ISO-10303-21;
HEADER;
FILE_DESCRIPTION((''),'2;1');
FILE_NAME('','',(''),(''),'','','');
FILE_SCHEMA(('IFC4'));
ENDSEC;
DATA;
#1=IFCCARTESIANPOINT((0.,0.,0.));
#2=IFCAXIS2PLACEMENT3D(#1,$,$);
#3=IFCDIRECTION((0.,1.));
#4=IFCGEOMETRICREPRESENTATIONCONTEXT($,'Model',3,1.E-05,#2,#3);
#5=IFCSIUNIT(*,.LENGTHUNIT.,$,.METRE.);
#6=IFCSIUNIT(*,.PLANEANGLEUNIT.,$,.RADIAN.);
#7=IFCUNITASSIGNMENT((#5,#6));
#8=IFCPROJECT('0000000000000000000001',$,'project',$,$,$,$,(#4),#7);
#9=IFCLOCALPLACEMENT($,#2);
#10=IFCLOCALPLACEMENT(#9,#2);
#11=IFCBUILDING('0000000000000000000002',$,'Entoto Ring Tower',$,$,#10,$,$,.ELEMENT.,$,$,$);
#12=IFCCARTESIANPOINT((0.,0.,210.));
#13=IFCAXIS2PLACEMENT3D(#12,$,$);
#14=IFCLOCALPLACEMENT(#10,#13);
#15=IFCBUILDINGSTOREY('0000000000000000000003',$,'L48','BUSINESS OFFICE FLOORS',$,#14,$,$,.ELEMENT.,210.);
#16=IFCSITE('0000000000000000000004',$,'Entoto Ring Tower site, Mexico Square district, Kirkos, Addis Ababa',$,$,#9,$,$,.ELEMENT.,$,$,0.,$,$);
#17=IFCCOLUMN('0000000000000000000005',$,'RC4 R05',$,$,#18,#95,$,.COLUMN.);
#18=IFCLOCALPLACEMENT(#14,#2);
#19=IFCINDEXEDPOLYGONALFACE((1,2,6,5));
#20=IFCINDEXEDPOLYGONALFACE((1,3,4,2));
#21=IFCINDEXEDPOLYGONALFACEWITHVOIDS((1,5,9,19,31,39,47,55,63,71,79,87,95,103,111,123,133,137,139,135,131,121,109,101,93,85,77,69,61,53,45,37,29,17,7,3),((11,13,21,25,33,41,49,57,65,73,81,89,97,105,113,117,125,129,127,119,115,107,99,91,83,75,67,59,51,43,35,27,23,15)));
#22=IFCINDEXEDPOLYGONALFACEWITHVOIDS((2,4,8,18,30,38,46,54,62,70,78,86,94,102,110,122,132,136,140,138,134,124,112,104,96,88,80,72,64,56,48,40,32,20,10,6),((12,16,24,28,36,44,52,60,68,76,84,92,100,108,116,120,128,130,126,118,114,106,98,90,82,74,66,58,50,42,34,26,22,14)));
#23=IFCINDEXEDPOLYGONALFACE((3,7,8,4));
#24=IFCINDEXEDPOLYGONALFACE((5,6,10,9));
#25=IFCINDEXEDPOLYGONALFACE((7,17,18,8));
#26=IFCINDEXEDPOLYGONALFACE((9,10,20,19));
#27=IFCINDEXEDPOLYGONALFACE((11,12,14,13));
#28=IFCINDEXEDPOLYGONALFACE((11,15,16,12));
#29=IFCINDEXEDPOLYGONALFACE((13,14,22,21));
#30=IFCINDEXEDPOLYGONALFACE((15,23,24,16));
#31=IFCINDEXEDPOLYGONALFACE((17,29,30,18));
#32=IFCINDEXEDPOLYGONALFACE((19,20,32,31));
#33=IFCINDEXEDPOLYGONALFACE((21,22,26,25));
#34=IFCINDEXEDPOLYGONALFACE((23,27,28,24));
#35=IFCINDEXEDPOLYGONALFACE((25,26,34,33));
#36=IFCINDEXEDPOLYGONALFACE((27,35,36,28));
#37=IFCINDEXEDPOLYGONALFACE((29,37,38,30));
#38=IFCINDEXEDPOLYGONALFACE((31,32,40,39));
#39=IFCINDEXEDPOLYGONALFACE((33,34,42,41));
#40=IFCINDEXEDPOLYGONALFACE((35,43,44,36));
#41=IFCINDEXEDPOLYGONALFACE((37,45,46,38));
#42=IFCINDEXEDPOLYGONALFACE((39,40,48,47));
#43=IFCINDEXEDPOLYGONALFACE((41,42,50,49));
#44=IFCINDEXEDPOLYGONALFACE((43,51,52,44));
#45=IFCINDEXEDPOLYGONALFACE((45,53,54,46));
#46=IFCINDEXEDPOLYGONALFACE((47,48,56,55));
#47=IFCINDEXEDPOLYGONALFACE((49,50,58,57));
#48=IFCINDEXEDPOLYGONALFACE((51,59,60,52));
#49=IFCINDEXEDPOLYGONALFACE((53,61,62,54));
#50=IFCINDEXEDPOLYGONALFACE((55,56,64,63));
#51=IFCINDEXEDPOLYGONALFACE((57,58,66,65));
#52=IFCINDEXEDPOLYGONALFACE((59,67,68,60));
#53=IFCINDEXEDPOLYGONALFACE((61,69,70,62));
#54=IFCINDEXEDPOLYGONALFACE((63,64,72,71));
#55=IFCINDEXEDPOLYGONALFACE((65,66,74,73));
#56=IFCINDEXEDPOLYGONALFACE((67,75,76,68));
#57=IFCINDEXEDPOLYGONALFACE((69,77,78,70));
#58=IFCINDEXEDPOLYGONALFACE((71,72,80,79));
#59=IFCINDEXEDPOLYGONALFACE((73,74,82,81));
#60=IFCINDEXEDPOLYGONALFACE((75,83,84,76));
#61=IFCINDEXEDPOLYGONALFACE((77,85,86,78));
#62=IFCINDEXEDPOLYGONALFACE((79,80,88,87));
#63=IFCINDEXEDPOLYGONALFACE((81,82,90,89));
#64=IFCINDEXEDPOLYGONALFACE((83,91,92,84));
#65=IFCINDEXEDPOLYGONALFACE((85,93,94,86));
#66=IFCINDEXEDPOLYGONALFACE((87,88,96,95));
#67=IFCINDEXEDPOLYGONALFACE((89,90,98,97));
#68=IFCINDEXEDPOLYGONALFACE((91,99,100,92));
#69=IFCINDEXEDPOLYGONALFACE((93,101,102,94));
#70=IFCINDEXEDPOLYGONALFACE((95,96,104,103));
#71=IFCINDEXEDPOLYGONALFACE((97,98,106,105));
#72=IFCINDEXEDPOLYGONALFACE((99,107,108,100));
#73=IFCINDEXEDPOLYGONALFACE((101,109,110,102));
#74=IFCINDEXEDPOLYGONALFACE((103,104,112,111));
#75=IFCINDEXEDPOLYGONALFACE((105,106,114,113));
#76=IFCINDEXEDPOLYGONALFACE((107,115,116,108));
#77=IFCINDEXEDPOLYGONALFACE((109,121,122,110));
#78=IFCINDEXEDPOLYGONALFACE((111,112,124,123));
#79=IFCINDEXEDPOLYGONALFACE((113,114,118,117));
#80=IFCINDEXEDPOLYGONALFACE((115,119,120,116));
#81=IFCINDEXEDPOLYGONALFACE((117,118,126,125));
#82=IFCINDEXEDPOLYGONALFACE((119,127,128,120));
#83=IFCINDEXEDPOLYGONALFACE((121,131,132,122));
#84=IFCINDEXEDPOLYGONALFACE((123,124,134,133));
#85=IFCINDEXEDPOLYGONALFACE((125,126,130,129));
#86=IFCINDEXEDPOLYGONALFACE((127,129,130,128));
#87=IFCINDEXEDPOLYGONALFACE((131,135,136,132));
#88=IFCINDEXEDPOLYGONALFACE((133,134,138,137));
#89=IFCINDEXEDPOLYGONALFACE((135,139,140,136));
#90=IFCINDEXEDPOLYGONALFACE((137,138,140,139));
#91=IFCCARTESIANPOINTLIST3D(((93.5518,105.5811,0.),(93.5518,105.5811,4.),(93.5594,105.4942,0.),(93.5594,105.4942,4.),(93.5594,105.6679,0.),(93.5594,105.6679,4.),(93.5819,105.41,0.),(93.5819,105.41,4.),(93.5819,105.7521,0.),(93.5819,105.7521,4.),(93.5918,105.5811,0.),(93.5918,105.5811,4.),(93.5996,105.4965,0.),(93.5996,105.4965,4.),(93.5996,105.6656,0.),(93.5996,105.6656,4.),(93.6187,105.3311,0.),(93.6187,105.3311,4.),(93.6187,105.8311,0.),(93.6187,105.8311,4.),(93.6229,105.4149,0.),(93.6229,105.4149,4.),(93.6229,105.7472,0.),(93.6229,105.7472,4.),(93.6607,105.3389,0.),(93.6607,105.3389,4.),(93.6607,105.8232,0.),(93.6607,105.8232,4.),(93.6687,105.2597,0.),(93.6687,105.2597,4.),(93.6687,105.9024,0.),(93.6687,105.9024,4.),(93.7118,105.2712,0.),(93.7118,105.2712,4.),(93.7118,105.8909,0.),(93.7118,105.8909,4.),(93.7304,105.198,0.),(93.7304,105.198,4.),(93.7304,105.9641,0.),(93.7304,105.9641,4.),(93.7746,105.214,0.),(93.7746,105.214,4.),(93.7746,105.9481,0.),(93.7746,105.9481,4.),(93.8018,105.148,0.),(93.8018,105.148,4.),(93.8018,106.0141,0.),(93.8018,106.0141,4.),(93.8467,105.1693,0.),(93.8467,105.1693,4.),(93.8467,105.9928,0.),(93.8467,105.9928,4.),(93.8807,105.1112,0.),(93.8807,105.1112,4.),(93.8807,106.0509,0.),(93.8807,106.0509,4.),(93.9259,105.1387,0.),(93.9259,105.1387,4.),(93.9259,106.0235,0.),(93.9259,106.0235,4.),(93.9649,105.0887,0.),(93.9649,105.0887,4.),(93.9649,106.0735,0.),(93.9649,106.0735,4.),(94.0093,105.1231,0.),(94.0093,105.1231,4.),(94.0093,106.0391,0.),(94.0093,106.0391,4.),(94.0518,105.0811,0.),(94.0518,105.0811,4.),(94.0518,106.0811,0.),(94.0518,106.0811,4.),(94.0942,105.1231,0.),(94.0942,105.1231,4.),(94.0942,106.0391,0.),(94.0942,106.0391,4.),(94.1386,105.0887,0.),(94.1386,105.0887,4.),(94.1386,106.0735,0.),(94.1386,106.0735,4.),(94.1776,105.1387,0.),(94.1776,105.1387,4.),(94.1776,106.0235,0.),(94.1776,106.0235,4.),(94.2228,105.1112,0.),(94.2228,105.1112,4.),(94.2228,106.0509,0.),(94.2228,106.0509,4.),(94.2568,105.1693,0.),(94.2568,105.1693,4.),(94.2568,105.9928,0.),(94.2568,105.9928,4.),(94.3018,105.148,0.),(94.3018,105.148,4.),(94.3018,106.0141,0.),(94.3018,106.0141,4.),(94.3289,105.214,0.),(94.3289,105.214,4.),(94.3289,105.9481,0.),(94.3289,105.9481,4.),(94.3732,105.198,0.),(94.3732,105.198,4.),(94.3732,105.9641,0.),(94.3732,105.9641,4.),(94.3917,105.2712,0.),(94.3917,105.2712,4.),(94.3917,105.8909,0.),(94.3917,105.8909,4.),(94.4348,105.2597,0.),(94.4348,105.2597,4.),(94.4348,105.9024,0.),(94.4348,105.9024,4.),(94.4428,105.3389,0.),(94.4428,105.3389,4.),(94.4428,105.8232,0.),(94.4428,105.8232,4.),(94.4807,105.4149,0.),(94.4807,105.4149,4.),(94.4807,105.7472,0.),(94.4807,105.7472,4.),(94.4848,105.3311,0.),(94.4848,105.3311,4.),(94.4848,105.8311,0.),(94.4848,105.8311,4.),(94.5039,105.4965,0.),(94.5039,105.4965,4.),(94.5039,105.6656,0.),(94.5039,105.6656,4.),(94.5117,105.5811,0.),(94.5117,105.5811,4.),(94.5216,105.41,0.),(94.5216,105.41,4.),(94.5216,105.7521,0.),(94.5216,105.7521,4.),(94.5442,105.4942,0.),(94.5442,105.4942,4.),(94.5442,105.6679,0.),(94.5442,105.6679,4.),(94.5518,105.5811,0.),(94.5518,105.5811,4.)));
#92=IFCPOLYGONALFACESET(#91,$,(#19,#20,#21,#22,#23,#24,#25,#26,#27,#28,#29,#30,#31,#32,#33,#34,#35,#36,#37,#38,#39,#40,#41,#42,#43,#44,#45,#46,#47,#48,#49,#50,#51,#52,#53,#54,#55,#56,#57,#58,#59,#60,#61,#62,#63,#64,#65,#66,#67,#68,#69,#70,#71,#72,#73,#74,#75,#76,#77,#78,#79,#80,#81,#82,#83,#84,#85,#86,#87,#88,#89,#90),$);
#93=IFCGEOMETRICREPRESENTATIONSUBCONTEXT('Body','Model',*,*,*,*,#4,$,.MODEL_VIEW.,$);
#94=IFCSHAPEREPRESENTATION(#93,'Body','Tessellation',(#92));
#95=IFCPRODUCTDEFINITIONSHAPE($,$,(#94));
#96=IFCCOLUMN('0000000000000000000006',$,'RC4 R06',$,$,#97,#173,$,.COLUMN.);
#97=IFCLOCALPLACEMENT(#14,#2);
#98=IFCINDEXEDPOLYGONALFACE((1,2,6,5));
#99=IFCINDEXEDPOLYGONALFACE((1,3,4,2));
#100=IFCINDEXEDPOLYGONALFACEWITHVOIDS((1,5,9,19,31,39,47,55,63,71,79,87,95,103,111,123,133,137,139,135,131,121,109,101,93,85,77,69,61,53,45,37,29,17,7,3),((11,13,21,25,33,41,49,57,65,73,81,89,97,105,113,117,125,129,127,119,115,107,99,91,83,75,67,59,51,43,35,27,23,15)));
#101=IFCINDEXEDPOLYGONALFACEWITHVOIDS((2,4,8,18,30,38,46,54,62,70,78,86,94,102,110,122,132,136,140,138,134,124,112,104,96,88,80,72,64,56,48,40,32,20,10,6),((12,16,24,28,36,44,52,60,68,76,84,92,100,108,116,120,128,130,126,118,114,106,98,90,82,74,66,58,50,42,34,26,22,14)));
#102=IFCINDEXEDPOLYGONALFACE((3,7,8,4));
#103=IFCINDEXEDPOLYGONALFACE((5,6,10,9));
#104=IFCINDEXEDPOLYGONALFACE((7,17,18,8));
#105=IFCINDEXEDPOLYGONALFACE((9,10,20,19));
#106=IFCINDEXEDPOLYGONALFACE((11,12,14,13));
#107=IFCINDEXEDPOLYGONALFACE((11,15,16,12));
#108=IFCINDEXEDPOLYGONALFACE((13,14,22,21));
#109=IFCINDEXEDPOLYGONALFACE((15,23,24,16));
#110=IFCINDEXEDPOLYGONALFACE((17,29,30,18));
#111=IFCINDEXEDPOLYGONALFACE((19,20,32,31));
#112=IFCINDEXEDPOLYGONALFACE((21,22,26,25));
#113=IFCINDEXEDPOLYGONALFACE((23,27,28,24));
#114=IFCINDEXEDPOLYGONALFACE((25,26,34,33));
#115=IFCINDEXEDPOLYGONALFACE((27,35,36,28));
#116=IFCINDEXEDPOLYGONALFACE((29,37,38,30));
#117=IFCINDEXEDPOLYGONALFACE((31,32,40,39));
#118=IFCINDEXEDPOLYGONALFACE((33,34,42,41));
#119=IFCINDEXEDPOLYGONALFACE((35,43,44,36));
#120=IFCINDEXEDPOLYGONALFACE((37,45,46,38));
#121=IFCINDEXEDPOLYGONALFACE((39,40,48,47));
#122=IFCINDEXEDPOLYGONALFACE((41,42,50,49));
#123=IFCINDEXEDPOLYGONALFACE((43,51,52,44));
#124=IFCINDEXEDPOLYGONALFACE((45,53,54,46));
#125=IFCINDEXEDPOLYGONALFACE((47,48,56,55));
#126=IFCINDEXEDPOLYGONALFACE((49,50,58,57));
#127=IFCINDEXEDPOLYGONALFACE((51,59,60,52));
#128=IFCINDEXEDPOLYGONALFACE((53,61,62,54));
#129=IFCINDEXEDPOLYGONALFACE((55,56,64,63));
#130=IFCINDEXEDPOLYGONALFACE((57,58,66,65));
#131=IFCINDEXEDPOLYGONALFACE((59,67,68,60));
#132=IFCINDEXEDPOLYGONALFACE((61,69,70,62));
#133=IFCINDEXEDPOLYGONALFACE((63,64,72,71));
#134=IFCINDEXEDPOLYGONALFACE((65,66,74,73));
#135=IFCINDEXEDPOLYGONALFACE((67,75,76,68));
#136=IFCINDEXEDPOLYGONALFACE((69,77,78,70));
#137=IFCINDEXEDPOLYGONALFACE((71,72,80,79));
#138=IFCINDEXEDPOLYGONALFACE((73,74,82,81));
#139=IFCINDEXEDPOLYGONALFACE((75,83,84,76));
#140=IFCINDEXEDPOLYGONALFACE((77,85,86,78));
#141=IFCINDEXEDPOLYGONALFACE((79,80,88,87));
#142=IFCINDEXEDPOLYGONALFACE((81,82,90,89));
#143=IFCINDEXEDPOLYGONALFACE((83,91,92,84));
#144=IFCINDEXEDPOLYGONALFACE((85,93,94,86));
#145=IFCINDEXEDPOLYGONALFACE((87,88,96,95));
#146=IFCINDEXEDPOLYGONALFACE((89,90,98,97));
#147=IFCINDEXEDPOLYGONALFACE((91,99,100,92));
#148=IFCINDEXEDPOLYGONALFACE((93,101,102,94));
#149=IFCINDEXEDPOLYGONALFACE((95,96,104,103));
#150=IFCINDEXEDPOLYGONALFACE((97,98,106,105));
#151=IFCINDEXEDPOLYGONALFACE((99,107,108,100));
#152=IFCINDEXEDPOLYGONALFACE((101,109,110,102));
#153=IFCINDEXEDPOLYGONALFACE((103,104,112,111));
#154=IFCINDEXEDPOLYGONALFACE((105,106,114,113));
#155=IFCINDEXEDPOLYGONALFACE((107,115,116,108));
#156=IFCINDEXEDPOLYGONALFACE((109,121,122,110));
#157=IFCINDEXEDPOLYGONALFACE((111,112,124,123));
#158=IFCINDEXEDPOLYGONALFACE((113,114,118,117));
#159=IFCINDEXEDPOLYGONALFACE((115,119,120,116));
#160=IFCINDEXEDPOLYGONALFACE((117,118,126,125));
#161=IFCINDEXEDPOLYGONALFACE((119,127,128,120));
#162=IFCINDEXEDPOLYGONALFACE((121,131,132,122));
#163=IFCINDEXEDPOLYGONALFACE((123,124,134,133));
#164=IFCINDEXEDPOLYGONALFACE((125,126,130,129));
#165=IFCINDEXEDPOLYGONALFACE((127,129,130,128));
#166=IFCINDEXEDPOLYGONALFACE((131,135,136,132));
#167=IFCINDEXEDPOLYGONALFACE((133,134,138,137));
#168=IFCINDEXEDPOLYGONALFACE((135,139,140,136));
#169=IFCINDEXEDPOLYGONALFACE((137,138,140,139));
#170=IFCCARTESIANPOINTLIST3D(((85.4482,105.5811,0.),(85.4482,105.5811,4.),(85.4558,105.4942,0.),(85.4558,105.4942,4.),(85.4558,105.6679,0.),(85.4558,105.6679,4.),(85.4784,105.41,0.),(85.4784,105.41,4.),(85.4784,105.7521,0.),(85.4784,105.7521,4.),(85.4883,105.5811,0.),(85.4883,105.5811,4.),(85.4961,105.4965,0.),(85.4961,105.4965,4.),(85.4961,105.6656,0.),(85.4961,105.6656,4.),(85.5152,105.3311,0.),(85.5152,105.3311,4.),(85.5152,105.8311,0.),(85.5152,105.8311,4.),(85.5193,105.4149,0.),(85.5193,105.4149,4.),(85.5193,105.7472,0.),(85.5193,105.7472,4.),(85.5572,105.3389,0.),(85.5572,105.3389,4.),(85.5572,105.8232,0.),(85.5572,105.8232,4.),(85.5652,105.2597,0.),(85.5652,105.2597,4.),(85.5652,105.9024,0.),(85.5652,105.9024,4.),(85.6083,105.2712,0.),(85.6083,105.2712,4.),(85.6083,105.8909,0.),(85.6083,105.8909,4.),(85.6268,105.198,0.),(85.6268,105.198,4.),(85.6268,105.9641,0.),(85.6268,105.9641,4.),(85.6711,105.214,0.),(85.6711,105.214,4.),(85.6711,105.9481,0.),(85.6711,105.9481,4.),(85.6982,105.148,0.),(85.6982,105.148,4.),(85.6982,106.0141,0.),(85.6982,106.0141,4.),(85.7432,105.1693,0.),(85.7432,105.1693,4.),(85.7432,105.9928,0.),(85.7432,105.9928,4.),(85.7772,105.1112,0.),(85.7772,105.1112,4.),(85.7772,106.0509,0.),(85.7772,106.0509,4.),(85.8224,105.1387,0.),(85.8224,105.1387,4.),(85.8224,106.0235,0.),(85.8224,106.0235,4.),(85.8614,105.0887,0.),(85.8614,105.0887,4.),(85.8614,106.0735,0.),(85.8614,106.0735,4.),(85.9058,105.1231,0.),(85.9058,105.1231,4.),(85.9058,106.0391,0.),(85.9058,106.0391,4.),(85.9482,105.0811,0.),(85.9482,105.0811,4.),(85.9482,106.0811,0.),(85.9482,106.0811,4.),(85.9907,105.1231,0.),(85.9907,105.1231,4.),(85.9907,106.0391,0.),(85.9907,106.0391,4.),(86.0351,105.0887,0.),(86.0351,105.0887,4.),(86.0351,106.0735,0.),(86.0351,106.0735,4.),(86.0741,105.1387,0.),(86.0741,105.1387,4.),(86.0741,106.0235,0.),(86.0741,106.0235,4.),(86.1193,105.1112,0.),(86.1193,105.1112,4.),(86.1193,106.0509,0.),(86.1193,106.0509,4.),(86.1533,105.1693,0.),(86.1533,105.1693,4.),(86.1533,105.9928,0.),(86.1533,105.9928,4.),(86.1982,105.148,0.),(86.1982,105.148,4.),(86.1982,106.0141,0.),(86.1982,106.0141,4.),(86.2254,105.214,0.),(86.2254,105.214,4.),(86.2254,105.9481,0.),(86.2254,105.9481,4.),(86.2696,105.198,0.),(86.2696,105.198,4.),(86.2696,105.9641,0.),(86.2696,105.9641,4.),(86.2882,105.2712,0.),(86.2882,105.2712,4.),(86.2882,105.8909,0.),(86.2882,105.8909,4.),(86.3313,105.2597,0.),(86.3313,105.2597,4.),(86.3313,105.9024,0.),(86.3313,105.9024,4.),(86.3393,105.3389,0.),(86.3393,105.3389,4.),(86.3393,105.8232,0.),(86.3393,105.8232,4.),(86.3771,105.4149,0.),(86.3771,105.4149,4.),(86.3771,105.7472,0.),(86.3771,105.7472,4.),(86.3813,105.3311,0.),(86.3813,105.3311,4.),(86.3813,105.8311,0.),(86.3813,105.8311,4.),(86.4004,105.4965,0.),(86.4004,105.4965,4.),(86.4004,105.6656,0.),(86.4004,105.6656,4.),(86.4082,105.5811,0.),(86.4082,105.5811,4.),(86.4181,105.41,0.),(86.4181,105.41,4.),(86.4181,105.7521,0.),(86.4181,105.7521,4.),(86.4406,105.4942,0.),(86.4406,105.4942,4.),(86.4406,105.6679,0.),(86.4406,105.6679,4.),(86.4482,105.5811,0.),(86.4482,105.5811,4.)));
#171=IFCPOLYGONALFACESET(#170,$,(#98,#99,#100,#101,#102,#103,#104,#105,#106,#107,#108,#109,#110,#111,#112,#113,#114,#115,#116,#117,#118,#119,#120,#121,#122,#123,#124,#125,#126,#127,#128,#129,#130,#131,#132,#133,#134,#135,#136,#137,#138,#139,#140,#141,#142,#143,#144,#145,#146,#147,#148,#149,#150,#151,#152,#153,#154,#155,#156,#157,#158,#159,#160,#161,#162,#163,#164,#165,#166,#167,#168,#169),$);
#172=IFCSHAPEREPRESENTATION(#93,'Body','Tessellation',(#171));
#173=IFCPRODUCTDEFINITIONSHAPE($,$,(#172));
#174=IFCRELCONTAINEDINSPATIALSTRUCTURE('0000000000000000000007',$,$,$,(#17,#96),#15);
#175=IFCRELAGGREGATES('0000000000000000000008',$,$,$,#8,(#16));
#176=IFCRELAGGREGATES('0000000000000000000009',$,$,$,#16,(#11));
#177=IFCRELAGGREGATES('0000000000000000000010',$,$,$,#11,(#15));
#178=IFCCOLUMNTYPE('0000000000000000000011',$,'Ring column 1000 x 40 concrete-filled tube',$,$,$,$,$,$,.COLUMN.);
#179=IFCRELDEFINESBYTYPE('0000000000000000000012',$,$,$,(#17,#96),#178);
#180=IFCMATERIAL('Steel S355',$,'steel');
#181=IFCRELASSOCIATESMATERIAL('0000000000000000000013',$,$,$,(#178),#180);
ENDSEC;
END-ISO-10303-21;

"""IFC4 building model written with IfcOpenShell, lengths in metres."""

from ifc_helpers import new_model, si_unit, direction, frame, origin, origin_2d, place, context, subcontext, project, spatial, circle, hollow_circle, extrude, material, material_profile, profile_set, type_object, element, save


model = new_model("IFC4")

# Units and contexts
model_context = context("Model", 3, precision=1e-05, world=origin(), true_north=direction((0.0, 1.0)))
body_context = subcontext(model_context, "Body", "Model", "MODEL_VIEW")
ifc_project = project(units=[si_unit("LENGTHUNIT", "METRE"), si_unit("PLANEANGLEUNIT", "RADIAN")], contexts=[model_context])

# Site, building, storey
site_placement = place(None, origin())
site = spatial("IfcSite", under=ifc_project, at=site_placement, Name="Entoto Ring Tower site, Mexico Square district, Kirkos, Addis Ababa", CompositionType="ELEMENT", RefElevation=0.0)
building_placement = place(site_placement, origin())
building = spatial("IfcBuilding", under=site, at=building_placement, Name="Entoto Ring Tower", CompositionType="ELEMENT")
storey_placement = place(building_placement, frame((0.0, 0.0, 210.0)))
storey = spatial("IfcBuildingStorey", under=building, at=storey_placement, Name="L48", Description="BUSINESS OFFICE FLOORS", CompositionType="ELEMENT", Elevation=210.0)

# Columns
ifc_material_1 = material(Name="Steel S355", Category="steel")
ifc_material_profile_1 = material_profile(ifc_material_1, hollow_circle(Radius=0.5, WallThickness=0.04, at=origin_2d()), Name="CHS 1000 x 40")
ifc_material_2 = material(Name="Concrete C60/75", Category="concrete")
ifc_material_profile_2 = material_profile(ifc_material_2, circle(Radius=0.46, at=origin_2d()), Name="Concrete C60/75 infill")
ifc_profile_set_1 = profile_set([ifc_material_profile_1, ifc_material_profile_2], Name="Steel S355")
column_type = type_object("IfcColumnType", Name="Ring column 1000 x 40 concrete-filled tube", PredefinedType="COLUMN", material=ifc_profile_set_1)
for number, where, z_axis, x_axis, name in (
    (1, (94.0518, 105.5811, 0.0), (0.0, 0.0, 1.0), (1.0, 0.0, 0.0), "RC4 R05"),
    (2, (85.9482, 105.5811, 0.0), (0.0, 0.0, 1.0), (1.0, 0.0, 0.0), "RC4 R06"),
):
    element("IfcColumn", number, at=place(storey_placement, frame(where, z_axis=z_axis, x_axis=x_axis)), inside=storey, type_object=column_type, Name=name, PredefinedType="COLUMN", context=body_context, shape_type="SweptSolid", body=[
        extrude(hollow_circle(Radius=0.5, WallThickness=0.04, at=origin_2d()), origin(), (0.0, 0.0, 1.0), 4.0),
    ])

save(model, "model.ifc")
